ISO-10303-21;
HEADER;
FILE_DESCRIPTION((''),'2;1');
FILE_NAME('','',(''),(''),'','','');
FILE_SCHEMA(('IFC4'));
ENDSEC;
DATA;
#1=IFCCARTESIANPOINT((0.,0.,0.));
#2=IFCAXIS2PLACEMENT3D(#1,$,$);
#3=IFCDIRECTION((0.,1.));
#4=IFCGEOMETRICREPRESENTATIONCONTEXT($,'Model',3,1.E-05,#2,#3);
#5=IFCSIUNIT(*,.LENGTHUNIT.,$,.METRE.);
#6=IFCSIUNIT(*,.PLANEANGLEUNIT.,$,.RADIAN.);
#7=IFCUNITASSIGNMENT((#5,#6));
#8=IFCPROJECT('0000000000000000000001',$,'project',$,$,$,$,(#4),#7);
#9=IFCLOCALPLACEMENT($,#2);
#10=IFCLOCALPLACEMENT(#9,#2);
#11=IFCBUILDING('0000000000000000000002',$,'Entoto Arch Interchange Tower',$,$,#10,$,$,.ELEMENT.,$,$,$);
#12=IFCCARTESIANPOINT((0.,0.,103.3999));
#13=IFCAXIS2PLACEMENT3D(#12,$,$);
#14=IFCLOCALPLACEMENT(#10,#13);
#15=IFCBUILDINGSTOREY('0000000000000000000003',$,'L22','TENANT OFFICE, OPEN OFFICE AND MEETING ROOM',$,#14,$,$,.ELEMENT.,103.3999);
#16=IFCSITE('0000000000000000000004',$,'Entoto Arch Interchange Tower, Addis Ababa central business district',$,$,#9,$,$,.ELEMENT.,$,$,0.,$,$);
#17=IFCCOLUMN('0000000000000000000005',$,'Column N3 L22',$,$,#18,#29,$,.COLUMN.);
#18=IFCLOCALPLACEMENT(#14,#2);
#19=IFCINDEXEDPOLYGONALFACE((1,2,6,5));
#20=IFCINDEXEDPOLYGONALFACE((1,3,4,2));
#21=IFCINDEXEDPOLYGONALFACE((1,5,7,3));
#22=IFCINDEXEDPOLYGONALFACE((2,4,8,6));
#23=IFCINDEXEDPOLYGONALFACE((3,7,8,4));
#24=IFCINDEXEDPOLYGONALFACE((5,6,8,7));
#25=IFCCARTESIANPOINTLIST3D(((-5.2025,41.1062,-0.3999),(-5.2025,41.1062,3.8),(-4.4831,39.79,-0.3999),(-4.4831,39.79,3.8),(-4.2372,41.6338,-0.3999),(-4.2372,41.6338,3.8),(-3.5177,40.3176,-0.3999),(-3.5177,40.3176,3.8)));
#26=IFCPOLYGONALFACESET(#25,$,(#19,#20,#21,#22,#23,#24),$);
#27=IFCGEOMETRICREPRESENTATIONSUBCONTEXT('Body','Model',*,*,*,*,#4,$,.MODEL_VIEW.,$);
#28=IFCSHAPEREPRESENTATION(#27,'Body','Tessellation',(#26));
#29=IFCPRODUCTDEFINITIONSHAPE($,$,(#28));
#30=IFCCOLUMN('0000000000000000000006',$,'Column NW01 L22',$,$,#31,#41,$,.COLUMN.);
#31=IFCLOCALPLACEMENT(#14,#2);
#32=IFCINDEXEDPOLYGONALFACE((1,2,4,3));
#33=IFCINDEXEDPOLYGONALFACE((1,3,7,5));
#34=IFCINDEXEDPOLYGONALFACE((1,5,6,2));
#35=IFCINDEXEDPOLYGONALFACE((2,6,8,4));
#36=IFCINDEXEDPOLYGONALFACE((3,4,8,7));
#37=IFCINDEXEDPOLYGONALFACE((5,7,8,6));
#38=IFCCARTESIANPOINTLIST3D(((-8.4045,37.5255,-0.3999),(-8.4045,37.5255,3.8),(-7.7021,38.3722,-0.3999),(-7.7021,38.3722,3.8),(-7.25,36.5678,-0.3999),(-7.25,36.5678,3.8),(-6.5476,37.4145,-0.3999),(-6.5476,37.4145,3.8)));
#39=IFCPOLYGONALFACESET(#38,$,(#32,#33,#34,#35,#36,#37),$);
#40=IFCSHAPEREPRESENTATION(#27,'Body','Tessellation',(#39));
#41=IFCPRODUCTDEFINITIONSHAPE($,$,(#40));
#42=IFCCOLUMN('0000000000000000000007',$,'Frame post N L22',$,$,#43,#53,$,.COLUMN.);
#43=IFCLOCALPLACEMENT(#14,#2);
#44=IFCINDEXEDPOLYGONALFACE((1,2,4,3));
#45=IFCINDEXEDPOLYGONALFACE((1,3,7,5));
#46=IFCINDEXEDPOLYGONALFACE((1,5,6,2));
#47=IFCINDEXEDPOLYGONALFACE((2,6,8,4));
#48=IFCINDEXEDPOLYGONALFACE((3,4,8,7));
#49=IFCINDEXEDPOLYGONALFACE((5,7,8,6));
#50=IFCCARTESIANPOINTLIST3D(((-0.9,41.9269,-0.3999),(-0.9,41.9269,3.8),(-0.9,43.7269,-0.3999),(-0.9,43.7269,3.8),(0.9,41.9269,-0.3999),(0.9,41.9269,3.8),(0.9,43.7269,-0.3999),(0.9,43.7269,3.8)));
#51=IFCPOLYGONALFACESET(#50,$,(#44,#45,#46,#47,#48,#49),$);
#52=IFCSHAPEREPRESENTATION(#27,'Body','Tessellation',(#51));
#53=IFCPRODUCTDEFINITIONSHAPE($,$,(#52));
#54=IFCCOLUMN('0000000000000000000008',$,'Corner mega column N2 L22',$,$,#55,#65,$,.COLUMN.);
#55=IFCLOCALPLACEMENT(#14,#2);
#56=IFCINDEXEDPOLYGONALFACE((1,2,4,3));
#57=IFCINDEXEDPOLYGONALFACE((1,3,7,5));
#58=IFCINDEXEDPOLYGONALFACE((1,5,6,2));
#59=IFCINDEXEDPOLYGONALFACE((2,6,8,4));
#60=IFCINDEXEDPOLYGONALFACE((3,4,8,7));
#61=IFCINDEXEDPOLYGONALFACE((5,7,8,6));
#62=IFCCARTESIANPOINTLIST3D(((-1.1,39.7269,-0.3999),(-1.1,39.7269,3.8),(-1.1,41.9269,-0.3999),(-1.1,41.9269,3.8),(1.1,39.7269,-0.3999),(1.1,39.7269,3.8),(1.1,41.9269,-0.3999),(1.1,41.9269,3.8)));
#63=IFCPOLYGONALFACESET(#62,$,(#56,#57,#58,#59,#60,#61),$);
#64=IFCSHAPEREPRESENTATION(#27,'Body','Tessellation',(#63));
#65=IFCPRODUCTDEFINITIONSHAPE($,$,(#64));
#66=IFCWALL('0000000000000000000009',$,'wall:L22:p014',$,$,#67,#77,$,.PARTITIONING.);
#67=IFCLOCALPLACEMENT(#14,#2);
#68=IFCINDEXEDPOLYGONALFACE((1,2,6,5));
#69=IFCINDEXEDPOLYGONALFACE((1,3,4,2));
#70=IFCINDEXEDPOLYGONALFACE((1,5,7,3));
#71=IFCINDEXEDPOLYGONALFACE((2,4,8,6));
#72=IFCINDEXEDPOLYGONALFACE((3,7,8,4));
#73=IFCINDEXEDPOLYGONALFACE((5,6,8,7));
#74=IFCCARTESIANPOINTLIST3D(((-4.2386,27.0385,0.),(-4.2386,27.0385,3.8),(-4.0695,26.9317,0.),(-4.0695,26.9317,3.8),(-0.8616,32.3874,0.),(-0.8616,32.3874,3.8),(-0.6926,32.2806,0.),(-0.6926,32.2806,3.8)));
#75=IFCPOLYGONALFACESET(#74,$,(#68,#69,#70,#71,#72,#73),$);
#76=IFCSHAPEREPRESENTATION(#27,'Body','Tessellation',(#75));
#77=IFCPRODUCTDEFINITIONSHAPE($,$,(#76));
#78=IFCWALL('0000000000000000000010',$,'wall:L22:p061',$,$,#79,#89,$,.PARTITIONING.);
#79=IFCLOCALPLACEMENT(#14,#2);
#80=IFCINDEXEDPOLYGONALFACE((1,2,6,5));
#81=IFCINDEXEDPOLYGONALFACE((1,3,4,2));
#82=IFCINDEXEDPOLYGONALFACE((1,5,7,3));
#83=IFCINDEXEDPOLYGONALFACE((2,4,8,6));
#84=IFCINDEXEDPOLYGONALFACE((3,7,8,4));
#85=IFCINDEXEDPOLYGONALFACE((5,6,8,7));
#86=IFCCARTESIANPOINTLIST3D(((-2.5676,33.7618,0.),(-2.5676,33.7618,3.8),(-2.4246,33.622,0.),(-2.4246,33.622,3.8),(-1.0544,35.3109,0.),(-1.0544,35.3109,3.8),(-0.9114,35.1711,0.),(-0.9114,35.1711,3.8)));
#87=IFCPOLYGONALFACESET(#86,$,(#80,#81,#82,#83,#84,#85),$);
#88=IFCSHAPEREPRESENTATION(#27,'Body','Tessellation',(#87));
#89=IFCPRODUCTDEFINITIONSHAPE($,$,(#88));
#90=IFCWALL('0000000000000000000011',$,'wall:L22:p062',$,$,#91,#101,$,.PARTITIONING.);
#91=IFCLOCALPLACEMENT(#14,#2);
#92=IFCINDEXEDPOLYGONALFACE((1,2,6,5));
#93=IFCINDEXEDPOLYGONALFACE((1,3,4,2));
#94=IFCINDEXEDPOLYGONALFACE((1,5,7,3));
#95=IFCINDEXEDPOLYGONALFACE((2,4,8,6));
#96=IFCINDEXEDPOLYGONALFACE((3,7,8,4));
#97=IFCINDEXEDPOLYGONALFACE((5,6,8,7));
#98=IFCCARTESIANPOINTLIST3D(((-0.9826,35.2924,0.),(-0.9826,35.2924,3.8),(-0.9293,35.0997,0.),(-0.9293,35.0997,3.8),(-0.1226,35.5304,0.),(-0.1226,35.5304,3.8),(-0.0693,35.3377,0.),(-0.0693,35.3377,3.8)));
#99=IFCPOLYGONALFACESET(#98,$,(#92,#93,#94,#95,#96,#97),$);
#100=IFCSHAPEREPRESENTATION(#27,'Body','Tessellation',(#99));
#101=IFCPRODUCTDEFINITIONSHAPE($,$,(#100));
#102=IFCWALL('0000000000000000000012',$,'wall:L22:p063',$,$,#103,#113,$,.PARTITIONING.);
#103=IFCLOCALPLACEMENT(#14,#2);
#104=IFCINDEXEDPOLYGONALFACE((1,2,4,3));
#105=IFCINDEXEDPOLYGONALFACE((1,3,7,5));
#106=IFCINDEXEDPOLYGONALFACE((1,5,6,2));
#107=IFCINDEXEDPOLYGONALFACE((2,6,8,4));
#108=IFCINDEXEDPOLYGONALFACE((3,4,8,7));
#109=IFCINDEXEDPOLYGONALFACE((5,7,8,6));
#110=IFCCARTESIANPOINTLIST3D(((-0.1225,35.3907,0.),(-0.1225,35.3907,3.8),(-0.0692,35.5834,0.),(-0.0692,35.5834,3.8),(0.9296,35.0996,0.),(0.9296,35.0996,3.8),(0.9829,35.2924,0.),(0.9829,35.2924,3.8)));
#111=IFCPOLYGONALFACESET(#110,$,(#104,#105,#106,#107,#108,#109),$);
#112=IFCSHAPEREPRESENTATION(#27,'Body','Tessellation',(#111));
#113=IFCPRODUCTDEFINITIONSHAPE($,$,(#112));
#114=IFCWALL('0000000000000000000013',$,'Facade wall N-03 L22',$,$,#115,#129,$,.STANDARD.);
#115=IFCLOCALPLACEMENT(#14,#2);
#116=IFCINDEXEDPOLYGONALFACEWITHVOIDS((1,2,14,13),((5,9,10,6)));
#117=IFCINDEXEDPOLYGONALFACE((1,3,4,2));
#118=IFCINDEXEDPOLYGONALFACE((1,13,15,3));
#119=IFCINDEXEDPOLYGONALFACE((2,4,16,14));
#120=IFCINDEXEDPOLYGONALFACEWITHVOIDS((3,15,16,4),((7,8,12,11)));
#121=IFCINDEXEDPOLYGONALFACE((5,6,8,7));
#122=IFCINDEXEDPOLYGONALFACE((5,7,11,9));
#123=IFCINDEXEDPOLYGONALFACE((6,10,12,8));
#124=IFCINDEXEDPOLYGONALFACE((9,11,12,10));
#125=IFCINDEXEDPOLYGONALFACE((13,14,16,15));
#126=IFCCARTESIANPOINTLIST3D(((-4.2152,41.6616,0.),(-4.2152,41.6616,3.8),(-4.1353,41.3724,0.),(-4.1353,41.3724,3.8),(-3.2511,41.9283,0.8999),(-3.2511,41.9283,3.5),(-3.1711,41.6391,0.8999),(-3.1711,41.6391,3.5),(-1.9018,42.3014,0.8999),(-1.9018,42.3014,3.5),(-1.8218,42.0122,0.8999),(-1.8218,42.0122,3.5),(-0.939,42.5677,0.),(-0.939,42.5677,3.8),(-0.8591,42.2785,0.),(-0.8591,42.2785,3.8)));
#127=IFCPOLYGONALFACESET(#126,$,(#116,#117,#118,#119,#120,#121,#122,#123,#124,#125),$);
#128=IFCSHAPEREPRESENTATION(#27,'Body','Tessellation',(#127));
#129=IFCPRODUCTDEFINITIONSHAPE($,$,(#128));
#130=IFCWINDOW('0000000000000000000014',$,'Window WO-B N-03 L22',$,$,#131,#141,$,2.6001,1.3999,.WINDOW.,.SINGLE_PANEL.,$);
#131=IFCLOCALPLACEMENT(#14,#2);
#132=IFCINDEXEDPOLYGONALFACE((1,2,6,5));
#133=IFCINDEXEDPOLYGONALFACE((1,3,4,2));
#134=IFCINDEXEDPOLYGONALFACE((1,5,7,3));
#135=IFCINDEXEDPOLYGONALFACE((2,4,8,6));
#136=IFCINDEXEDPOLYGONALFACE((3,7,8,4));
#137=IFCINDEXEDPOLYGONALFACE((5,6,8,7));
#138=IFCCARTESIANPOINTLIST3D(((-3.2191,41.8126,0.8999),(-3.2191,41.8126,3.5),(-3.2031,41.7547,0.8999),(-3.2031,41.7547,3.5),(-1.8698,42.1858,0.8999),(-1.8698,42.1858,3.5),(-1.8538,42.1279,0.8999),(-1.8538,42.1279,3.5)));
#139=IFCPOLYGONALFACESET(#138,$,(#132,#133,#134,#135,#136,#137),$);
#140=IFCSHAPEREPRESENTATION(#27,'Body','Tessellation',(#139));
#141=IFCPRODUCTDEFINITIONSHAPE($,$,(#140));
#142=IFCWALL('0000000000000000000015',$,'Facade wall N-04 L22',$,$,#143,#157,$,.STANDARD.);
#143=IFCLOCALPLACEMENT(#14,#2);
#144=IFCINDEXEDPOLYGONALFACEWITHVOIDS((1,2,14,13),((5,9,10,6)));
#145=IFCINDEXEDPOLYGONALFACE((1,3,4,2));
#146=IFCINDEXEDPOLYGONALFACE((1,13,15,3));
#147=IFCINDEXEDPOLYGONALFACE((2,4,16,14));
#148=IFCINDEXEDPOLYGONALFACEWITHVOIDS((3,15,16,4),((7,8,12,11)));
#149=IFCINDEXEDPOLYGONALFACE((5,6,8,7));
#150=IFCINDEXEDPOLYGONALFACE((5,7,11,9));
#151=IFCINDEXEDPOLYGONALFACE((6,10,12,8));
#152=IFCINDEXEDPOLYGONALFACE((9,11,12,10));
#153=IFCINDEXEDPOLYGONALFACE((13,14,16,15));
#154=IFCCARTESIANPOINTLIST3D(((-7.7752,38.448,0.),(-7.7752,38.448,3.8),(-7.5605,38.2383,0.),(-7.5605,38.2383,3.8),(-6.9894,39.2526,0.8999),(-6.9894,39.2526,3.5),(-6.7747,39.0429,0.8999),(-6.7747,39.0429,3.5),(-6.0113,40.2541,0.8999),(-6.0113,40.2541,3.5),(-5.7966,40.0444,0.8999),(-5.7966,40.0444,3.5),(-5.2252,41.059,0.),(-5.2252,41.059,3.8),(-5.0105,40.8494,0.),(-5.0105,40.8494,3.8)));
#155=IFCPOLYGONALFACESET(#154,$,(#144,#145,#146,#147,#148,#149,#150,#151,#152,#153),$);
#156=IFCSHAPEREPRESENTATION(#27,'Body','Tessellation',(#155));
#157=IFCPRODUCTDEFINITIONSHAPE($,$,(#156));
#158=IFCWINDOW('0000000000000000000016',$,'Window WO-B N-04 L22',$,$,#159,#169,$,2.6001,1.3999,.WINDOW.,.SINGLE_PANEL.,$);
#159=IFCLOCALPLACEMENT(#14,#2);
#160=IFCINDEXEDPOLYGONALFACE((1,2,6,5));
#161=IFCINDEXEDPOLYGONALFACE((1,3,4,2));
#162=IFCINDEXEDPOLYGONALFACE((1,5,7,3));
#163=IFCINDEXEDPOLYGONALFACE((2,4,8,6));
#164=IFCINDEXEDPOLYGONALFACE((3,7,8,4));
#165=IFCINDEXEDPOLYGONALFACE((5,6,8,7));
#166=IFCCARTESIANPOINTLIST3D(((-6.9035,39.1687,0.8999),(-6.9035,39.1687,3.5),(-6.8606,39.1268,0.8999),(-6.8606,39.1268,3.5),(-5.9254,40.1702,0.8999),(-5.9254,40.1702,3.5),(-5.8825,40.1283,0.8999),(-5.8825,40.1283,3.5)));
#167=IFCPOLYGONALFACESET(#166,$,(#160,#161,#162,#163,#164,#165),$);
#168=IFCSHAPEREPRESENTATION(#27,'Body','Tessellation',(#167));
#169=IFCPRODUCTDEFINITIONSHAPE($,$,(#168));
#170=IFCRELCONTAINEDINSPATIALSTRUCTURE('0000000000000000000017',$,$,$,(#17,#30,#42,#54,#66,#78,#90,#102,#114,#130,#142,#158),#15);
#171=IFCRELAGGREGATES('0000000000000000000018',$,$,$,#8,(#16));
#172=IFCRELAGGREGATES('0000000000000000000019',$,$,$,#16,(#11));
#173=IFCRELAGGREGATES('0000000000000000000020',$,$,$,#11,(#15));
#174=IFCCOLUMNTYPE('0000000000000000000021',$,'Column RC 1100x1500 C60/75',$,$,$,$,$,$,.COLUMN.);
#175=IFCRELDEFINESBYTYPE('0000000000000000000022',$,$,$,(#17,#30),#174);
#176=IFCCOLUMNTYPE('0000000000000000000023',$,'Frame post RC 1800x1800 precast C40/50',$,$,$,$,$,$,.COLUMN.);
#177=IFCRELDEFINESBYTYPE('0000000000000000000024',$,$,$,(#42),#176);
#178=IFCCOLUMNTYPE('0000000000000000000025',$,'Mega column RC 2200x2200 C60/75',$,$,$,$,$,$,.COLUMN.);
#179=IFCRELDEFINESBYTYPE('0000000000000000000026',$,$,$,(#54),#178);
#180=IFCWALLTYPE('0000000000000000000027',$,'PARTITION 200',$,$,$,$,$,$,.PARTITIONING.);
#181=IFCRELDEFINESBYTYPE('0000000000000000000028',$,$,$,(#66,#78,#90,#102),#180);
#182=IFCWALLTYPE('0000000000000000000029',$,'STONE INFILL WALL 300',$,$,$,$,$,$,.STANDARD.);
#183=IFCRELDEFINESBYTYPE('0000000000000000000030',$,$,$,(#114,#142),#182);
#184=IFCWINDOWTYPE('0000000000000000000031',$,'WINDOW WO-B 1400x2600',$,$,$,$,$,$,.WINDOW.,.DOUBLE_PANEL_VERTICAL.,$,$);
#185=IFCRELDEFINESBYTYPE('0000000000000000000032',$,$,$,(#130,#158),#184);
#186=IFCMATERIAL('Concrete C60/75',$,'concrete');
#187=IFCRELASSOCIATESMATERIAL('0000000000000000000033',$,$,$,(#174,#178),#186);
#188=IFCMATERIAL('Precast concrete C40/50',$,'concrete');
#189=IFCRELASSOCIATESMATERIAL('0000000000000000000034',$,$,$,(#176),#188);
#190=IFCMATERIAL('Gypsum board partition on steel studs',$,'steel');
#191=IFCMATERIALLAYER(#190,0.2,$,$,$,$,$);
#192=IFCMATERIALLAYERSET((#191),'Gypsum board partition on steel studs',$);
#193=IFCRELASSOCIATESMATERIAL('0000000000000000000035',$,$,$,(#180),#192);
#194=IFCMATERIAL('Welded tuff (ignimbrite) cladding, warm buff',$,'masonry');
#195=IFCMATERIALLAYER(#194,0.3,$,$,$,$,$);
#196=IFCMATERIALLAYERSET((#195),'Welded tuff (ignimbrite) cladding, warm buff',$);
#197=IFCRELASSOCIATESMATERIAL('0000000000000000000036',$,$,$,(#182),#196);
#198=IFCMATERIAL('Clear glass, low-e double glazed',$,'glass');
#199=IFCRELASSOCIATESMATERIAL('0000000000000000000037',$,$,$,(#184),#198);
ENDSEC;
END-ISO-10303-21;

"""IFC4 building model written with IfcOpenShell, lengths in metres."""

from ifc_helpers import new_model, si_unit, direction, frame, frame_2d, origin, origin_2d, place, context, subcontext, project, spatial, rectangle, extrude, material, layer, layer_set, material_profile, profile_set, type_object, element, fill, save


model = new_model("IFC4")

# Units and contexts
model_context = context("Model", 3, precision=1e-05, world=origin(), true_north=direction((0.0, 1.0)))
body_context = subcontext(model_context, "Body", "Model", "MODEL_VIEW")
ifc_project = project(units=[si_unit("LENGTHUNIT", "METRE"), si_unit("PLANEANGLEUNIT", "RADIAN")], contexts=[model_context])

# Site, building, storey
site_placement = place(None, origin())
site = spatial("IfcSite", under=ifc_project, at=site_placement, Name="Entoto Arch Interchange Tower, Addis Ababa central business district", CompositionType="ELEMENT", RefElevation=0.0)
building_placement = place(site_placement, origin())
building = spatial("IfcBuilding", under=site, at=building_placement, Name="Entoto Arch Interchange Tower", CompositionType="ELEMENT")
storey_placement = place(building_placement, frame((0.0, 0.0, 103.3999)))
storey = spatial("IfcBuildingStorey", under=building, at=storey_placement, Name="L22", Description="TENANT OFFICE, OPEN OFFICE AND MEETING ROOM", CompositionType="ELEMENT", Elevation=103.3999)

# Columns
ifc_material_1 = material(Name="Concrete C60/75", Category="concrete")
ifc_material_profile_1 = material_profile(ifc_material_1, rectangle(XDim=1.1001, YDim=1.5, at=origin_2d()))
ifc_profile_set_1 = profile_set([ifc_material_profile_1], Name="Concrete C60/75")
column_type_1 = type_object("IfcColumnType", Name="Column RC 1100x1500 C60/75", PredefinedType="COLUMN", material=ifc_profile_set_1)
for number, where, z_axis, x_axis, name in (
    (1, (-4.3601, 40.7119, -0.3999), (0.0, 0.0, 1.0), (0.877481, 0.479611, 0.0), "Column N3 L22"),
    (2, (-7.4761, 37.47, -0.3999), (0.0, 0.0, 1.0), (0.638459, 0.769656, 0.0), "Column NW01 L22"),
):
    element("IfcColumn", number, at=place(storey_placement, frame(where, z_axis=z_axis, x_axis=x_axis)), inside=storey, type_object=column_type_1, Name=name, PredefinedType="COLUMN", context=body_context, shape_type="SweptSolid", body=[
        extrude(rectangle(XDim=1.1001, YDim=1.5, at=origin_2d()), origin(), (0.0, 0.0, 1.0), 4.2),
    ])
ifc_material_2 = material(Name="Precast concrete C40/50", Category="concrete")
ifc_material_profile_2 = material_profile(ifc_material_2, rectangle(XDim=1.8, YDim=1.8, at=origin_2d()))
ifc_profile_set_2 = profile_set([ifc_material_profile_2], Name="Precast concrete C40/50")
column_type_2 = type_object("IfcColumnType", Name="Frame post RC 1800x1800 precast C40/50", PredefinedType="COLUMN", material=ifc_profile_set_2)
column_1_placement = place(storey_placement, frame((0.0, 42.8269, -0.3999), z_axis=(0.0, 0.0, 1.0), x_axis=(0.0, 1.0, 0.0)))
element("IfcColumn", 3, at=column_1_placement, inside=storey, type_object=column_type_2, Name="Frame post N L22", PredefinedType="COLUMN", context=body_context, shape_type="SweptSolid", body=[
    extrude(rectangle(XDim=1.8, YDim=1.8, at=origin_2d()), origin(), (0.0, 0.0, 1.0), 4.2),
])
ifc_material_profile_3 = material_profile(ifc_material_1, rectangle(XDim=2.2, YDim=2.2, at=origin_2d()))
ifc_profile_set_3 = profile_set([ifc_material_profile_3], Name="Concrete C60/75")
column_type_3 = type_object("IfcColumnType", Name="Mega column RC 2200x2200 C60/75", PredefinedType="COLUMN", material=ifc_profile_set_3)
column_2_placement = place(storey_placement, frame((0.0, 40.8269, -0.3999), z_axis=(0.0, 0.0, 1.0), x_axis=(0.0, 1.0, 0.0)))
element("IfcColumn", 4, at=column_2_placement, inside=storey, type_object=column_type_3, Name="Corner mega column N2 L22", PredefinedType="COLUMN", context=body_context, shape_type="SweptSolid", body=[
    extrude(rectangle(XDim=2.2, YDim=2.2, at=origin_2d()), origin(), (0.0, 0.0, 1.0), 4.2),
])

# Walls
ifc_material_3 = material(Name="Gypsum board partition on steel studs", Category="steel")
ifc_layer_1 = layer(ifc_material_3, 0.2)
ifc_layer_set_1 = layer_set([ifc_layer_1], Name="Gypsum board partition on steel studs")
wall_type_1 = type_object("IfcWallType", Name="PARTITION 200", PredefinedType="PARTITIONING", material=ifc_layer_set_1)
wall_1_placement = place(storey_placement, frame((-0.7771, 32.334, 0.0), z_axis=(0.0, 0.0, 1.0), x_axis=(-0.533848, -0.845581, 0.0)))
element("IfcWall", 5, at=wall_1_placement, inside=storey, type_object=wall_type_1, Name="wall:L22:p014", PredefinedType="PARTITIONING", context=body_context, shape_type="SweptSolid", body=[
    extrude(rectangle(XDim=6.3257, YDim=0.2, at=frame_2d((3.1628, 0.0))), origin(), (0.0, 0.0, 1.0), 3.8),
])
wall_2_placement = place(storey_placement, frame((-2.4961, 33.6919, 0.0), z_axis=(0.0, 0.0, 1.0), x_axis=(0.698772, 0.715345, 0.0)))
element("IfcWall", 6, at=wall_2_placement, inside=storey, type_object=wall_type_1, Name="wall:L22:p061", PredefinedType="PARTITIONING", context=body_context, shape_type="SweptSolid", body=[
    extrude(rectangle(XDim=2.1655, YDim=0.2, at=frame_2d((1.0828, 0.0))), origin(), (0.0, 0.0, 1.0), 3.8),
])
wall_3_placement = place(storey_placement, frame((-0.9561, 35.196, 0.0), z_axis=(0.0, 0.0, 1.0), x_axis=(0.963772, 0.266727, 0.0)))
element("IfcWall", 7, at=wall_3_placement, inside=storey, type_object=wall_type_1, Name="wall:L22:p062", PredefinedType="PARTITIONING", context=body_context, shape_type="SweptSolid", body=[
    extrude(rectangle(XDim=0.8923, YDim=0.2, at=frame_2d((0.4463, 0.0))), origin(), (0.0, 0.0, 1.0), 3.8),
])
wall_4_placement = place(storey_placement, frame((-0.0959, 35.4871, 0.0), z_axis=(0.0, 0.0, 1.0), x_axis=(0.963803, -0.266617, 0.0)))
element("IfcWall", 8, at=wall_4_placement, inside=storey, type_object=wall_type_1, Name="wall:L22:p063", PredefinedType="PARTITIONING", context=body_context, shape_type="SweptSolid", body=[
    extrude(rectangle(XDim=1.0916, YDim=0.2, at=frame_2d((0.5459, 0.0))), origin(), (0.0, 0.0, 1.0), 3.8),
])

# Walls, openings, windows
ifc_material_4 = material(Name="Welded tuff (ignimbrite) cladding, warm buff", Category="masonry")
ifc_layer_2 = layer(ifc_material_4, 0.3)
ifc_layer_set_2 = layer_set([ifc_layer_2], Name="Welded tuff (ignimbrite) cladding, warm buff")
wall_type_2 = type_object("IfcWallType", Name="STONE INFILL WALL 300", PredefinedType="STANDARD", material=ifc_layer_set_2)
wall_5_placement = place(storey_placement, frame((-0.8989, 42.4231, 0.0), z_axis=(0.0, 0.0, 1.0), x_axis=(-0.963823, -0.266543, 0.0)))
wall_5 = element("IfcWall", 9, at=wall_5_placement, inside=storey, type_object=wall_type_2, Name="Facade wall N-03 L22", PredefinedType="STANDARD", context=body_context, shape_type="SweptSolid", body=[
    extrude(rectangle(XDim=3.3992, YDim=0.3, at=frame_2d((1.6997, 0.0))), origin(), (0.0, 0.0, 1.0), 3.8),
])
opening_1_placement = place(wall_5_placement, frame((0.999, 0.0, 0.8999)))
opening_1 = element("IfcOpeningElement", 10, at=opening_1_placement, cuts=wall_5, PredefinedType="OPENING", context=body_context, shape_type="SweptSolid", body=[
    extrude(rectangle(XDim=1.3999, YDim=2.6001, at=frame_2d((0.7, 1.3))), frame((0.0, 0.1602, 0.0), z_axis=(0.0, -1.0, 0.0), x_axis=(1.0, 0.0, 0.0)), (0.0, 0.0, 1.0), 0.3201),
])
ifc_material_5 = material(Name="Clear glass, low-e double glazed", Category="glass")
window_type_1 = type_object("IfcWindowType", Name="WINDOW WO-B 1400x2600", PartitioningType="DOUBLE_PANEL_VERTICAL", PredefinedType="WINDOW", material=ifc_material_5)
window_1_placement = place(opening_1_placement, origin())
window_1 = element("IfcWindow", 11, at=window_1_placement, inside=storey, type_object=window_type_1, Name="Window WO-B N-03 L22", OverallHeight=2.6001, OverallWidth=1.3999, PartitioningType="SINGLE_PANEL", PredefinedType="WINDOW", context=body_context, shape_type="SweptSolid", body=[
    extrude(rectangle(XDim=1.3999, YDim=2.6001, at=frame_2d((0.7, 1.3))), frame((0.0, 0.03, 0.0), z_axis=(0.0, -1.0, 0.0), x_axis=(1.0, 0.0, 0.0)), (0.0, 0.0, 1.0), 0.0601),
])
fill(opening_1, window_1)
wall_6_placement = place(storey_placement, frame((-5.1179, 40.9541, 0.0), z_axis=(0.0, 0.0, 1.0), x_axis=(-0.698696, -0.715419, 0.0)))
wall_6 = element("IfcWall", 12, at=wall_6_placement, inside=storey, type_object=wall_type_2, Name="Facade wall N-04 L22", PredefinedType="STANDARD", context=body_context, shape_type="SweptSolid", body=[
    extrude(rectangle(XDim=3.6497, YDim=0.3, at=frame_2d((1.8247, 0.0))), origin(), (0.0, 0.0, 1.0), 3.8),
])
opening_2_placement = place(wall_6_placement, frame((1.125, 0.0, 0.8999)))
opening_2 = element("IfcOpeningElement", 13, at=opening_2_placement, cuts=wall_6, PredefinedType="OPENING", context=body_context, shape_type="SweptSolid", body=[
    extrude(rectangle(XDim=1.3999, YDim=2.6001, at=frame_2d((0.7, 1.3))), frame((0.0, 0.1602, 0.0), z_axis=(0.0, -1.0, 0.0), x_axis=(1.0, 0.0, 0.0)), (0.0, 0.0, 1.0), 0.3201),
])
window_2_placement = place(opening_2_placement, origin())
window_2 = element("IfcWindow", 14, at=window_2_placement, inside=storey, type_object=window_type_1, Name="Window WO-B N-04 L22", OverallHeight=2.6001, OverallWidth=1.3999, PartitioningType="SINGLE_PANEL", PredefinedType="WINDOW", context=body_context, shape_type="SweptSolid", body=[
    extrude(rectangle(XDim=1.3999, YDim=2.6001, at=frame_2d((0.7, 1.3))), frame((0.0, 0.03, 0.0), z_axis=(0.0, -1.0, 0.0), x_axis=(1.0, 0.0, 0.0)), (0.0, 0.0, 1.0), 0.0601),
])
fill(opening_2, window_2)

save(model, "model.ifc")
